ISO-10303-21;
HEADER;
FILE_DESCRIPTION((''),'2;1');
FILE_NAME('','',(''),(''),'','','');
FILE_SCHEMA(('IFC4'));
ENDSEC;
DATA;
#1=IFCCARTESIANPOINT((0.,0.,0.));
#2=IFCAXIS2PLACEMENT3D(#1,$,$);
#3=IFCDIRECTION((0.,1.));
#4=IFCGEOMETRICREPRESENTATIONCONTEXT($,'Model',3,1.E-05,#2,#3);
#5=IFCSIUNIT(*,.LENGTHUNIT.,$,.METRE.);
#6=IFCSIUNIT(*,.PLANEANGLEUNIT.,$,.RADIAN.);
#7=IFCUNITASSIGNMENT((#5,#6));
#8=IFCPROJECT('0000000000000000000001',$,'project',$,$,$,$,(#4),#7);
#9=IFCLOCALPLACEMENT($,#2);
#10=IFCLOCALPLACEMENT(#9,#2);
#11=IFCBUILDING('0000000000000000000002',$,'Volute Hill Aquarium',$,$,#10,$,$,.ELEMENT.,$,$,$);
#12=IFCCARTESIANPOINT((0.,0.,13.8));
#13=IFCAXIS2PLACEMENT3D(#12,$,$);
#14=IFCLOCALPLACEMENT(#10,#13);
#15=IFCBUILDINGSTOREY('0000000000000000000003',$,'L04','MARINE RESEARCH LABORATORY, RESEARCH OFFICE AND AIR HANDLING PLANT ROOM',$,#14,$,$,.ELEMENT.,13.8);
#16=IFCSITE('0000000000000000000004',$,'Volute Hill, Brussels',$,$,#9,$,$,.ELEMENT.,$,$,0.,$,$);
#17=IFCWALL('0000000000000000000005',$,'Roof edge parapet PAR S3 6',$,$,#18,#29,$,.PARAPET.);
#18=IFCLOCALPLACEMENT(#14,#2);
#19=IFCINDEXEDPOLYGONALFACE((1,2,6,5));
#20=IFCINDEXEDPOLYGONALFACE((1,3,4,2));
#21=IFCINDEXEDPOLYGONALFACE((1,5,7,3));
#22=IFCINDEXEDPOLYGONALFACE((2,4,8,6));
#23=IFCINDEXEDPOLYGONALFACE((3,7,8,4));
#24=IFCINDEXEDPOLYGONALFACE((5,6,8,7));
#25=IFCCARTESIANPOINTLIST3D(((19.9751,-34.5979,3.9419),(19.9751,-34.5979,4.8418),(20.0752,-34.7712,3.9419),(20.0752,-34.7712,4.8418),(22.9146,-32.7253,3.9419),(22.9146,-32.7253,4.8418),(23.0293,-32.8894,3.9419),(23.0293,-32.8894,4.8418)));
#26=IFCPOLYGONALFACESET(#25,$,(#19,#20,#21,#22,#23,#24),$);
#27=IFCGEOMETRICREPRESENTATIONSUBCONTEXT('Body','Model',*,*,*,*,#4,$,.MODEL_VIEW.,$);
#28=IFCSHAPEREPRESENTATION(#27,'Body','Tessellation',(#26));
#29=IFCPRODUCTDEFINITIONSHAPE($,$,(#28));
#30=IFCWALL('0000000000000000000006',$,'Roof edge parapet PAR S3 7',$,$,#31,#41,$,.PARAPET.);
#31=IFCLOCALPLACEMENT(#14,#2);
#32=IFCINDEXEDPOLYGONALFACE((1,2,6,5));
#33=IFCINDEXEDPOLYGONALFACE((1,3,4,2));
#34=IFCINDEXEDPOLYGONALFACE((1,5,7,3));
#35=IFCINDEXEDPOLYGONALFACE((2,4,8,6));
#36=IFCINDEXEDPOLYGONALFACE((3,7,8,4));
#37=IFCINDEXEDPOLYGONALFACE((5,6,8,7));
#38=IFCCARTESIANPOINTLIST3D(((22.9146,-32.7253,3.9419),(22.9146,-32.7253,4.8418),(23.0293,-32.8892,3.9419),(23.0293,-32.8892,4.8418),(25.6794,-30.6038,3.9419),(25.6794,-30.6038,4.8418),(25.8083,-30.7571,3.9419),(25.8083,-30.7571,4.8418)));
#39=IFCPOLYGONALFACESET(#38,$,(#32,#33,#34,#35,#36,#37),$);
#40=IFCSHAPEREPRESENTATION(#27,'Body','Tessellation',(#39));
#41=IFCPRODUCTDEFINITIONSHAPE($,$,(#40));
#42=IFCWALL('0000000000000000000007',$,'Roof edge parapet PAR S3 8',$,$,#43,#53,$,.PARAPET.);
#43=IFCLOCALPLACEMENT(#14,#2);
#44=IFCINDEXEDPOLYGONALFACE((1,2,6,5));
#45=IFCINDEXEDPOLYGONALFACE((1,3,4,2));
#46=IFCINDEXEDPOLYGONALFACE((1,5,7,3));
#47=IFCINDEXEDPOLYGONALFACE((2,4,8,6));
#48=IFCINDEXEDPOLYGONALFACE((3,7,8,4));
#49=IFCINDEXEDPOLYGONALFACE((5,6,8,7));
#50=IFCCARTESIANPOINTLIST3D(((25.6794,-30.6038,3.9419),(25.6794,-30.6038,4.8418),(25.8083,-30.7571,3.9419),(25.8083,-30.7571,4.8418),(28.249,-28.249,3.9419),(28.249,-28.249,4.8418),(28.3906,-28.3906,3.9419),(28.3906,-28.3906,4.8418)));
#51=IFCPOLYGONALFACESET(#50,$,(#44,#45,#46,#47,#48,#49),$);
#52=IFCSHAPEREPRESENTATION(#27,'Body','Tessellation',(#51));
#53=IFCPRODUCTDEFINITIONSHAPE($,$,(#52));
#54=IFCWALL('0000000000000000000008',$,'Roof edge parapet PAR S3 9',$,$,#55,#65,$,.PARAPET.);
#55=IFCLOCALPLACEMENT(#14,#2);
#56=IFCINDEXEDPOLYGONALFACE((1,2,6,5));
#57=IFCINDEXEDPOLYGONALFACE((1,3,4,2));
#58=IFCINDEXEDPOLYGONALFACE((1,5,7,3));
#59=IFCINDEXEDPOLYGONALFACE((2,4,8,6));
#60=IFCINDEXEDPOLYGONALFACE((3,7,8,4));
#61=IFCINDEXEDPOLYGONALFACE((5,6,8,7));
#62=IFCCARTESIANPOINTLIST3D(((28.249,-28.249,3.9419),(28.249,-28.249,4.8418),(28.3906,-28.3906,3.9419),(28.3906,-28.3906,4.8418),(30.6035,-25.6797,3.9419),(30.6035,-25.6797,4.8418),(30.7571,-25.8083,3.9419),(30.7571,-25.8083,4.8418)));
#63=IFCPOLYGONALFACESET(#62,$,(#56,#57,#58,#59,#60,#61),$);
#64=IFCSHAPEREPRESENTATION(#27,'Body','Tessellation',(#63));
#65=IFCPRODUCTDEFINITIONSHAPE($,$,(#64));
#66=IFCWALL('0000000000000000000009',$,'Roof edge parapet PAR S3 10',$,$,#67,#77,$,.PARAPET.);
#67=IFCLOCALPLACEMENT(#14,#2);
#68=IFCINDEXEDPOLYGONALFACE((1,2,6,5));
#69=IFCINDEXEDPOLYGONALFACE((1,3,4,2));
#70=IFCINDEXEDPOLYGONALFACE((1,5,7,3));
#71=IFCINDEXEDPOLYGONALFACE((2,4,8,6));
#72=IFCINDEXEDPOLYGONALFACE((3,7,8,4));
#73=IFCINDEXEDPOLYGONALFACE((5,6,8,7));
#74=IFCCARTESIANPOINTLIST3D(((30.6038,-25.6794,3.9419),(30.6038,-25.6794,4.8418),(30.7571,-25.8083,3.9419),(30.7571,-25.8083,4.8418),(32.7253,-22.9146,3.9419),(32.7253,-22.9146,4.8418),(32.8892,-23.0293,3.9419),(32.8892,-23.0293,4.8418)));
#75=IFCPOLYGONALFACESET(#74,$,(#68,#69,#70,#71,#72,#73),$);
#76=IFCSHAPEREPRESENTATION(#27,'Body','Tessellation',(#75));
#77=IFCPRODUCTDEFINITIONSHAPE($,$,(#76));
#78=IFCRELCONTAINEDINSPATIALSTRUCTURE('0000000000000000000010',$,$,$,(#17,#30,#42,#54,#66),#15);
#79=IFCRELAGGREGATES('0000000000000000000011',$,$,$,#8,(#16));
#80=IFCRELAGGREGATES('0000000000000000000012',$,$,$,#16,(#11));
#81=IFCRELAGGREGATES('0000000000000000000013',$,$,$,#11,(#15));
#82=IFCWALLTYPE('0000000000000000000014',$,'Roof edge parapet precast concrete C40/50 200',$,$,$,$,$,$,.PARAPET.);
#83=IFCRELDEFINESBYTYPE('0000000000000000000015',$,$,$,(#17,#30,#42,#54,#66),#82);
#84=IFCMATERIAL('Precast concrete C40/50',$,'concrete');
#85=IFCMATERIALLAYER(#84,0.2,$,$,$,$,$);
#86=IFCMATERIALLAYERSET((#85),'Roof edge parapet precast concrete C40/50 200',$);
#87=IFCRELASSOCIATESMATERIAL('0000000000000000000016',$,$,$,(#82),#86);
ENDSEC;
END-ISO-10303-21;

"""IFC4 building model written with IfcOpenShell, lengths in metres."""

from ifc_helpers import new_model, si_unit, direction, frame, origin, place, context, subcontext, project, spatial, polyline, outline, extrude, material, layer, layer_set, type_object, element, save


model = new_model("IFC4")

# Units and contexts
model_context = context("Model", 3, precision=1e-05, world=origin(), true_north=direction((0.0, 1.0)))
body_context = subcontext(model_context, "Body", "Model", "MODEL_VIEW")
ifc_project = project(units=[si_unit("LENGTHUNIT", "METRE"), si_unit("PLANEANGLEUNIT", "RADIAN")], contexts=[model_context])

# Site, building, storey
site_placement = place(None, origin())
site = spatial("IfcSite", under=ifc_project, at=site_placement, Name="Volute Hill, Brussels", CompositionType="ELEMENT", RefElevation=0.0)
building_placement = place(site_placement, origin())
building = spatial("IfcBuilding", under=site, at=building_placement, Name="Volute Hill Aquarium", CompositionType="ELEMENT")
storey_placement = place(building_placement, frame((0.0, 0.0, 13.8)))
storey = spatial("IfcBuildingStorey", under=building, at=storey_placement, Name="L04", Description="MARINE RESEARCH LABORATORY, RESEARCH OFFICE AND AIR HANDLING PLANT ROOM", CompositionType="ELEMENT", Elevation=13.8)

# Walls
ifc_material_1 = material(Name="Precast concrete C40/50", Category="concrete")
ifc_layer_1 = layer(ifc_material_1, 0.2)
ifc_layer_set_1 = layer_set([ifc_layer_1], Name="Roof edge parapet precast concrete C40/50 200")
wall_type_1 = type_object("IfcWallType", Name="Roof edge parapet precast concrete C40/50 200", PredefinedType="PARAPET", material=ifc_layer_set_1)
wall_1_placement = place(storey_placement, frame((0.0, 0.0, 3.9419)))
element("IfcWall", 1, at=wall_1_placement, inside=storey, type_object=wall_type_1, Name="Roof edge parapet PAR S3 6", PredefinedType="PARAPET", context=body_context, shape_type="SweptSolid", body=[
    extrude(outline(polyline([(19.9751, -34.5979), (20.0752, -34.7712), (23.0293, -32.8894), (22.9146, -32.7253), (19.9751, -34.5979)])), origin(), (0.0, 0.0, 1.0), 0.8999),
])
wall_2_placement = place(storey_placement, frame((0.0, 0.0, 3.9419)))
element("IfcWall", 2, at=wall_2_placement, inside=storey, type_object=wall_type_1, Name="Roof edge parapet PAR S3 7", PredefinedType="PARAPET", context=body_context, shape_type="SweptSolid", body=[
    extrude(outline(polyline([(22.9146, -32.7253), (23.0293, -32.8892), (25.8083, -30.7571), (25.6794, -30.6038), (22.9146, -32.7253)])), origin(), (0.0, 0.0, 1.0), 0.8999),
])
wall_3_placement = place(storey_placement, frame((0.0, 0.0, 3.9419)))
element("IfcWall", 3, at=wall_3_placement, inside=storey, type_object=wall_type_1, Name="Roof edge parapet PAR S3 8", PredefinedType="PARAPET", context=body_context, shape_type="SweptSolid", body=[
    extrude(outline(polyline([(25.6794, -30.6038), (25.8083, -30.7571), (28.3906, -28.3906), (28.249, -28.249), (25.6794, -30.6038)])), origin(), (0.0, 0.0, 1.0), 0.8999),
])
wall_4_placement = place(storey_placement, frame((0.0, 0.0, 3.9419)))
element("IfcWall", 4, at=wall_4_placement, inside=storey, type_object=wall_type_1, Name="Roof edge parapet PAR S3 9", PredefinedType="PARAPET", context=body_context, shape_type="SweptSolid", body=[
    extrude(outline(polyline([(28.249, -28.249), (28.3906, -28.3906), (30.7571, -25.8083), (30.6035, -25.6797), (28.249, -28.249)])), origin(), (0.0, 0.0, 1.0), 0.8999),
])
wall_5_placement = place(storey_placement, frame((0.0, 0.0, 3.9419)))
element("IfcWall", 5, at=wall_5_placement, inside=storey, type_object=wall_type_1, Name="Roof edge parapet PAR S3 10", PredefinedType="PARAPET", context=body_context, shape_type="SweptSolid", body=[
    extrude(outline(polyline([(32.8892, -23.0293), (32.7253, -22.9146), (30.6038, -25.6794), (30.7571, -25.8083), (32.8892, -23.0293)])), origin(), (0.0, 0.0, 1.0), 0.8999),
])

save(model, "model.ifc")
